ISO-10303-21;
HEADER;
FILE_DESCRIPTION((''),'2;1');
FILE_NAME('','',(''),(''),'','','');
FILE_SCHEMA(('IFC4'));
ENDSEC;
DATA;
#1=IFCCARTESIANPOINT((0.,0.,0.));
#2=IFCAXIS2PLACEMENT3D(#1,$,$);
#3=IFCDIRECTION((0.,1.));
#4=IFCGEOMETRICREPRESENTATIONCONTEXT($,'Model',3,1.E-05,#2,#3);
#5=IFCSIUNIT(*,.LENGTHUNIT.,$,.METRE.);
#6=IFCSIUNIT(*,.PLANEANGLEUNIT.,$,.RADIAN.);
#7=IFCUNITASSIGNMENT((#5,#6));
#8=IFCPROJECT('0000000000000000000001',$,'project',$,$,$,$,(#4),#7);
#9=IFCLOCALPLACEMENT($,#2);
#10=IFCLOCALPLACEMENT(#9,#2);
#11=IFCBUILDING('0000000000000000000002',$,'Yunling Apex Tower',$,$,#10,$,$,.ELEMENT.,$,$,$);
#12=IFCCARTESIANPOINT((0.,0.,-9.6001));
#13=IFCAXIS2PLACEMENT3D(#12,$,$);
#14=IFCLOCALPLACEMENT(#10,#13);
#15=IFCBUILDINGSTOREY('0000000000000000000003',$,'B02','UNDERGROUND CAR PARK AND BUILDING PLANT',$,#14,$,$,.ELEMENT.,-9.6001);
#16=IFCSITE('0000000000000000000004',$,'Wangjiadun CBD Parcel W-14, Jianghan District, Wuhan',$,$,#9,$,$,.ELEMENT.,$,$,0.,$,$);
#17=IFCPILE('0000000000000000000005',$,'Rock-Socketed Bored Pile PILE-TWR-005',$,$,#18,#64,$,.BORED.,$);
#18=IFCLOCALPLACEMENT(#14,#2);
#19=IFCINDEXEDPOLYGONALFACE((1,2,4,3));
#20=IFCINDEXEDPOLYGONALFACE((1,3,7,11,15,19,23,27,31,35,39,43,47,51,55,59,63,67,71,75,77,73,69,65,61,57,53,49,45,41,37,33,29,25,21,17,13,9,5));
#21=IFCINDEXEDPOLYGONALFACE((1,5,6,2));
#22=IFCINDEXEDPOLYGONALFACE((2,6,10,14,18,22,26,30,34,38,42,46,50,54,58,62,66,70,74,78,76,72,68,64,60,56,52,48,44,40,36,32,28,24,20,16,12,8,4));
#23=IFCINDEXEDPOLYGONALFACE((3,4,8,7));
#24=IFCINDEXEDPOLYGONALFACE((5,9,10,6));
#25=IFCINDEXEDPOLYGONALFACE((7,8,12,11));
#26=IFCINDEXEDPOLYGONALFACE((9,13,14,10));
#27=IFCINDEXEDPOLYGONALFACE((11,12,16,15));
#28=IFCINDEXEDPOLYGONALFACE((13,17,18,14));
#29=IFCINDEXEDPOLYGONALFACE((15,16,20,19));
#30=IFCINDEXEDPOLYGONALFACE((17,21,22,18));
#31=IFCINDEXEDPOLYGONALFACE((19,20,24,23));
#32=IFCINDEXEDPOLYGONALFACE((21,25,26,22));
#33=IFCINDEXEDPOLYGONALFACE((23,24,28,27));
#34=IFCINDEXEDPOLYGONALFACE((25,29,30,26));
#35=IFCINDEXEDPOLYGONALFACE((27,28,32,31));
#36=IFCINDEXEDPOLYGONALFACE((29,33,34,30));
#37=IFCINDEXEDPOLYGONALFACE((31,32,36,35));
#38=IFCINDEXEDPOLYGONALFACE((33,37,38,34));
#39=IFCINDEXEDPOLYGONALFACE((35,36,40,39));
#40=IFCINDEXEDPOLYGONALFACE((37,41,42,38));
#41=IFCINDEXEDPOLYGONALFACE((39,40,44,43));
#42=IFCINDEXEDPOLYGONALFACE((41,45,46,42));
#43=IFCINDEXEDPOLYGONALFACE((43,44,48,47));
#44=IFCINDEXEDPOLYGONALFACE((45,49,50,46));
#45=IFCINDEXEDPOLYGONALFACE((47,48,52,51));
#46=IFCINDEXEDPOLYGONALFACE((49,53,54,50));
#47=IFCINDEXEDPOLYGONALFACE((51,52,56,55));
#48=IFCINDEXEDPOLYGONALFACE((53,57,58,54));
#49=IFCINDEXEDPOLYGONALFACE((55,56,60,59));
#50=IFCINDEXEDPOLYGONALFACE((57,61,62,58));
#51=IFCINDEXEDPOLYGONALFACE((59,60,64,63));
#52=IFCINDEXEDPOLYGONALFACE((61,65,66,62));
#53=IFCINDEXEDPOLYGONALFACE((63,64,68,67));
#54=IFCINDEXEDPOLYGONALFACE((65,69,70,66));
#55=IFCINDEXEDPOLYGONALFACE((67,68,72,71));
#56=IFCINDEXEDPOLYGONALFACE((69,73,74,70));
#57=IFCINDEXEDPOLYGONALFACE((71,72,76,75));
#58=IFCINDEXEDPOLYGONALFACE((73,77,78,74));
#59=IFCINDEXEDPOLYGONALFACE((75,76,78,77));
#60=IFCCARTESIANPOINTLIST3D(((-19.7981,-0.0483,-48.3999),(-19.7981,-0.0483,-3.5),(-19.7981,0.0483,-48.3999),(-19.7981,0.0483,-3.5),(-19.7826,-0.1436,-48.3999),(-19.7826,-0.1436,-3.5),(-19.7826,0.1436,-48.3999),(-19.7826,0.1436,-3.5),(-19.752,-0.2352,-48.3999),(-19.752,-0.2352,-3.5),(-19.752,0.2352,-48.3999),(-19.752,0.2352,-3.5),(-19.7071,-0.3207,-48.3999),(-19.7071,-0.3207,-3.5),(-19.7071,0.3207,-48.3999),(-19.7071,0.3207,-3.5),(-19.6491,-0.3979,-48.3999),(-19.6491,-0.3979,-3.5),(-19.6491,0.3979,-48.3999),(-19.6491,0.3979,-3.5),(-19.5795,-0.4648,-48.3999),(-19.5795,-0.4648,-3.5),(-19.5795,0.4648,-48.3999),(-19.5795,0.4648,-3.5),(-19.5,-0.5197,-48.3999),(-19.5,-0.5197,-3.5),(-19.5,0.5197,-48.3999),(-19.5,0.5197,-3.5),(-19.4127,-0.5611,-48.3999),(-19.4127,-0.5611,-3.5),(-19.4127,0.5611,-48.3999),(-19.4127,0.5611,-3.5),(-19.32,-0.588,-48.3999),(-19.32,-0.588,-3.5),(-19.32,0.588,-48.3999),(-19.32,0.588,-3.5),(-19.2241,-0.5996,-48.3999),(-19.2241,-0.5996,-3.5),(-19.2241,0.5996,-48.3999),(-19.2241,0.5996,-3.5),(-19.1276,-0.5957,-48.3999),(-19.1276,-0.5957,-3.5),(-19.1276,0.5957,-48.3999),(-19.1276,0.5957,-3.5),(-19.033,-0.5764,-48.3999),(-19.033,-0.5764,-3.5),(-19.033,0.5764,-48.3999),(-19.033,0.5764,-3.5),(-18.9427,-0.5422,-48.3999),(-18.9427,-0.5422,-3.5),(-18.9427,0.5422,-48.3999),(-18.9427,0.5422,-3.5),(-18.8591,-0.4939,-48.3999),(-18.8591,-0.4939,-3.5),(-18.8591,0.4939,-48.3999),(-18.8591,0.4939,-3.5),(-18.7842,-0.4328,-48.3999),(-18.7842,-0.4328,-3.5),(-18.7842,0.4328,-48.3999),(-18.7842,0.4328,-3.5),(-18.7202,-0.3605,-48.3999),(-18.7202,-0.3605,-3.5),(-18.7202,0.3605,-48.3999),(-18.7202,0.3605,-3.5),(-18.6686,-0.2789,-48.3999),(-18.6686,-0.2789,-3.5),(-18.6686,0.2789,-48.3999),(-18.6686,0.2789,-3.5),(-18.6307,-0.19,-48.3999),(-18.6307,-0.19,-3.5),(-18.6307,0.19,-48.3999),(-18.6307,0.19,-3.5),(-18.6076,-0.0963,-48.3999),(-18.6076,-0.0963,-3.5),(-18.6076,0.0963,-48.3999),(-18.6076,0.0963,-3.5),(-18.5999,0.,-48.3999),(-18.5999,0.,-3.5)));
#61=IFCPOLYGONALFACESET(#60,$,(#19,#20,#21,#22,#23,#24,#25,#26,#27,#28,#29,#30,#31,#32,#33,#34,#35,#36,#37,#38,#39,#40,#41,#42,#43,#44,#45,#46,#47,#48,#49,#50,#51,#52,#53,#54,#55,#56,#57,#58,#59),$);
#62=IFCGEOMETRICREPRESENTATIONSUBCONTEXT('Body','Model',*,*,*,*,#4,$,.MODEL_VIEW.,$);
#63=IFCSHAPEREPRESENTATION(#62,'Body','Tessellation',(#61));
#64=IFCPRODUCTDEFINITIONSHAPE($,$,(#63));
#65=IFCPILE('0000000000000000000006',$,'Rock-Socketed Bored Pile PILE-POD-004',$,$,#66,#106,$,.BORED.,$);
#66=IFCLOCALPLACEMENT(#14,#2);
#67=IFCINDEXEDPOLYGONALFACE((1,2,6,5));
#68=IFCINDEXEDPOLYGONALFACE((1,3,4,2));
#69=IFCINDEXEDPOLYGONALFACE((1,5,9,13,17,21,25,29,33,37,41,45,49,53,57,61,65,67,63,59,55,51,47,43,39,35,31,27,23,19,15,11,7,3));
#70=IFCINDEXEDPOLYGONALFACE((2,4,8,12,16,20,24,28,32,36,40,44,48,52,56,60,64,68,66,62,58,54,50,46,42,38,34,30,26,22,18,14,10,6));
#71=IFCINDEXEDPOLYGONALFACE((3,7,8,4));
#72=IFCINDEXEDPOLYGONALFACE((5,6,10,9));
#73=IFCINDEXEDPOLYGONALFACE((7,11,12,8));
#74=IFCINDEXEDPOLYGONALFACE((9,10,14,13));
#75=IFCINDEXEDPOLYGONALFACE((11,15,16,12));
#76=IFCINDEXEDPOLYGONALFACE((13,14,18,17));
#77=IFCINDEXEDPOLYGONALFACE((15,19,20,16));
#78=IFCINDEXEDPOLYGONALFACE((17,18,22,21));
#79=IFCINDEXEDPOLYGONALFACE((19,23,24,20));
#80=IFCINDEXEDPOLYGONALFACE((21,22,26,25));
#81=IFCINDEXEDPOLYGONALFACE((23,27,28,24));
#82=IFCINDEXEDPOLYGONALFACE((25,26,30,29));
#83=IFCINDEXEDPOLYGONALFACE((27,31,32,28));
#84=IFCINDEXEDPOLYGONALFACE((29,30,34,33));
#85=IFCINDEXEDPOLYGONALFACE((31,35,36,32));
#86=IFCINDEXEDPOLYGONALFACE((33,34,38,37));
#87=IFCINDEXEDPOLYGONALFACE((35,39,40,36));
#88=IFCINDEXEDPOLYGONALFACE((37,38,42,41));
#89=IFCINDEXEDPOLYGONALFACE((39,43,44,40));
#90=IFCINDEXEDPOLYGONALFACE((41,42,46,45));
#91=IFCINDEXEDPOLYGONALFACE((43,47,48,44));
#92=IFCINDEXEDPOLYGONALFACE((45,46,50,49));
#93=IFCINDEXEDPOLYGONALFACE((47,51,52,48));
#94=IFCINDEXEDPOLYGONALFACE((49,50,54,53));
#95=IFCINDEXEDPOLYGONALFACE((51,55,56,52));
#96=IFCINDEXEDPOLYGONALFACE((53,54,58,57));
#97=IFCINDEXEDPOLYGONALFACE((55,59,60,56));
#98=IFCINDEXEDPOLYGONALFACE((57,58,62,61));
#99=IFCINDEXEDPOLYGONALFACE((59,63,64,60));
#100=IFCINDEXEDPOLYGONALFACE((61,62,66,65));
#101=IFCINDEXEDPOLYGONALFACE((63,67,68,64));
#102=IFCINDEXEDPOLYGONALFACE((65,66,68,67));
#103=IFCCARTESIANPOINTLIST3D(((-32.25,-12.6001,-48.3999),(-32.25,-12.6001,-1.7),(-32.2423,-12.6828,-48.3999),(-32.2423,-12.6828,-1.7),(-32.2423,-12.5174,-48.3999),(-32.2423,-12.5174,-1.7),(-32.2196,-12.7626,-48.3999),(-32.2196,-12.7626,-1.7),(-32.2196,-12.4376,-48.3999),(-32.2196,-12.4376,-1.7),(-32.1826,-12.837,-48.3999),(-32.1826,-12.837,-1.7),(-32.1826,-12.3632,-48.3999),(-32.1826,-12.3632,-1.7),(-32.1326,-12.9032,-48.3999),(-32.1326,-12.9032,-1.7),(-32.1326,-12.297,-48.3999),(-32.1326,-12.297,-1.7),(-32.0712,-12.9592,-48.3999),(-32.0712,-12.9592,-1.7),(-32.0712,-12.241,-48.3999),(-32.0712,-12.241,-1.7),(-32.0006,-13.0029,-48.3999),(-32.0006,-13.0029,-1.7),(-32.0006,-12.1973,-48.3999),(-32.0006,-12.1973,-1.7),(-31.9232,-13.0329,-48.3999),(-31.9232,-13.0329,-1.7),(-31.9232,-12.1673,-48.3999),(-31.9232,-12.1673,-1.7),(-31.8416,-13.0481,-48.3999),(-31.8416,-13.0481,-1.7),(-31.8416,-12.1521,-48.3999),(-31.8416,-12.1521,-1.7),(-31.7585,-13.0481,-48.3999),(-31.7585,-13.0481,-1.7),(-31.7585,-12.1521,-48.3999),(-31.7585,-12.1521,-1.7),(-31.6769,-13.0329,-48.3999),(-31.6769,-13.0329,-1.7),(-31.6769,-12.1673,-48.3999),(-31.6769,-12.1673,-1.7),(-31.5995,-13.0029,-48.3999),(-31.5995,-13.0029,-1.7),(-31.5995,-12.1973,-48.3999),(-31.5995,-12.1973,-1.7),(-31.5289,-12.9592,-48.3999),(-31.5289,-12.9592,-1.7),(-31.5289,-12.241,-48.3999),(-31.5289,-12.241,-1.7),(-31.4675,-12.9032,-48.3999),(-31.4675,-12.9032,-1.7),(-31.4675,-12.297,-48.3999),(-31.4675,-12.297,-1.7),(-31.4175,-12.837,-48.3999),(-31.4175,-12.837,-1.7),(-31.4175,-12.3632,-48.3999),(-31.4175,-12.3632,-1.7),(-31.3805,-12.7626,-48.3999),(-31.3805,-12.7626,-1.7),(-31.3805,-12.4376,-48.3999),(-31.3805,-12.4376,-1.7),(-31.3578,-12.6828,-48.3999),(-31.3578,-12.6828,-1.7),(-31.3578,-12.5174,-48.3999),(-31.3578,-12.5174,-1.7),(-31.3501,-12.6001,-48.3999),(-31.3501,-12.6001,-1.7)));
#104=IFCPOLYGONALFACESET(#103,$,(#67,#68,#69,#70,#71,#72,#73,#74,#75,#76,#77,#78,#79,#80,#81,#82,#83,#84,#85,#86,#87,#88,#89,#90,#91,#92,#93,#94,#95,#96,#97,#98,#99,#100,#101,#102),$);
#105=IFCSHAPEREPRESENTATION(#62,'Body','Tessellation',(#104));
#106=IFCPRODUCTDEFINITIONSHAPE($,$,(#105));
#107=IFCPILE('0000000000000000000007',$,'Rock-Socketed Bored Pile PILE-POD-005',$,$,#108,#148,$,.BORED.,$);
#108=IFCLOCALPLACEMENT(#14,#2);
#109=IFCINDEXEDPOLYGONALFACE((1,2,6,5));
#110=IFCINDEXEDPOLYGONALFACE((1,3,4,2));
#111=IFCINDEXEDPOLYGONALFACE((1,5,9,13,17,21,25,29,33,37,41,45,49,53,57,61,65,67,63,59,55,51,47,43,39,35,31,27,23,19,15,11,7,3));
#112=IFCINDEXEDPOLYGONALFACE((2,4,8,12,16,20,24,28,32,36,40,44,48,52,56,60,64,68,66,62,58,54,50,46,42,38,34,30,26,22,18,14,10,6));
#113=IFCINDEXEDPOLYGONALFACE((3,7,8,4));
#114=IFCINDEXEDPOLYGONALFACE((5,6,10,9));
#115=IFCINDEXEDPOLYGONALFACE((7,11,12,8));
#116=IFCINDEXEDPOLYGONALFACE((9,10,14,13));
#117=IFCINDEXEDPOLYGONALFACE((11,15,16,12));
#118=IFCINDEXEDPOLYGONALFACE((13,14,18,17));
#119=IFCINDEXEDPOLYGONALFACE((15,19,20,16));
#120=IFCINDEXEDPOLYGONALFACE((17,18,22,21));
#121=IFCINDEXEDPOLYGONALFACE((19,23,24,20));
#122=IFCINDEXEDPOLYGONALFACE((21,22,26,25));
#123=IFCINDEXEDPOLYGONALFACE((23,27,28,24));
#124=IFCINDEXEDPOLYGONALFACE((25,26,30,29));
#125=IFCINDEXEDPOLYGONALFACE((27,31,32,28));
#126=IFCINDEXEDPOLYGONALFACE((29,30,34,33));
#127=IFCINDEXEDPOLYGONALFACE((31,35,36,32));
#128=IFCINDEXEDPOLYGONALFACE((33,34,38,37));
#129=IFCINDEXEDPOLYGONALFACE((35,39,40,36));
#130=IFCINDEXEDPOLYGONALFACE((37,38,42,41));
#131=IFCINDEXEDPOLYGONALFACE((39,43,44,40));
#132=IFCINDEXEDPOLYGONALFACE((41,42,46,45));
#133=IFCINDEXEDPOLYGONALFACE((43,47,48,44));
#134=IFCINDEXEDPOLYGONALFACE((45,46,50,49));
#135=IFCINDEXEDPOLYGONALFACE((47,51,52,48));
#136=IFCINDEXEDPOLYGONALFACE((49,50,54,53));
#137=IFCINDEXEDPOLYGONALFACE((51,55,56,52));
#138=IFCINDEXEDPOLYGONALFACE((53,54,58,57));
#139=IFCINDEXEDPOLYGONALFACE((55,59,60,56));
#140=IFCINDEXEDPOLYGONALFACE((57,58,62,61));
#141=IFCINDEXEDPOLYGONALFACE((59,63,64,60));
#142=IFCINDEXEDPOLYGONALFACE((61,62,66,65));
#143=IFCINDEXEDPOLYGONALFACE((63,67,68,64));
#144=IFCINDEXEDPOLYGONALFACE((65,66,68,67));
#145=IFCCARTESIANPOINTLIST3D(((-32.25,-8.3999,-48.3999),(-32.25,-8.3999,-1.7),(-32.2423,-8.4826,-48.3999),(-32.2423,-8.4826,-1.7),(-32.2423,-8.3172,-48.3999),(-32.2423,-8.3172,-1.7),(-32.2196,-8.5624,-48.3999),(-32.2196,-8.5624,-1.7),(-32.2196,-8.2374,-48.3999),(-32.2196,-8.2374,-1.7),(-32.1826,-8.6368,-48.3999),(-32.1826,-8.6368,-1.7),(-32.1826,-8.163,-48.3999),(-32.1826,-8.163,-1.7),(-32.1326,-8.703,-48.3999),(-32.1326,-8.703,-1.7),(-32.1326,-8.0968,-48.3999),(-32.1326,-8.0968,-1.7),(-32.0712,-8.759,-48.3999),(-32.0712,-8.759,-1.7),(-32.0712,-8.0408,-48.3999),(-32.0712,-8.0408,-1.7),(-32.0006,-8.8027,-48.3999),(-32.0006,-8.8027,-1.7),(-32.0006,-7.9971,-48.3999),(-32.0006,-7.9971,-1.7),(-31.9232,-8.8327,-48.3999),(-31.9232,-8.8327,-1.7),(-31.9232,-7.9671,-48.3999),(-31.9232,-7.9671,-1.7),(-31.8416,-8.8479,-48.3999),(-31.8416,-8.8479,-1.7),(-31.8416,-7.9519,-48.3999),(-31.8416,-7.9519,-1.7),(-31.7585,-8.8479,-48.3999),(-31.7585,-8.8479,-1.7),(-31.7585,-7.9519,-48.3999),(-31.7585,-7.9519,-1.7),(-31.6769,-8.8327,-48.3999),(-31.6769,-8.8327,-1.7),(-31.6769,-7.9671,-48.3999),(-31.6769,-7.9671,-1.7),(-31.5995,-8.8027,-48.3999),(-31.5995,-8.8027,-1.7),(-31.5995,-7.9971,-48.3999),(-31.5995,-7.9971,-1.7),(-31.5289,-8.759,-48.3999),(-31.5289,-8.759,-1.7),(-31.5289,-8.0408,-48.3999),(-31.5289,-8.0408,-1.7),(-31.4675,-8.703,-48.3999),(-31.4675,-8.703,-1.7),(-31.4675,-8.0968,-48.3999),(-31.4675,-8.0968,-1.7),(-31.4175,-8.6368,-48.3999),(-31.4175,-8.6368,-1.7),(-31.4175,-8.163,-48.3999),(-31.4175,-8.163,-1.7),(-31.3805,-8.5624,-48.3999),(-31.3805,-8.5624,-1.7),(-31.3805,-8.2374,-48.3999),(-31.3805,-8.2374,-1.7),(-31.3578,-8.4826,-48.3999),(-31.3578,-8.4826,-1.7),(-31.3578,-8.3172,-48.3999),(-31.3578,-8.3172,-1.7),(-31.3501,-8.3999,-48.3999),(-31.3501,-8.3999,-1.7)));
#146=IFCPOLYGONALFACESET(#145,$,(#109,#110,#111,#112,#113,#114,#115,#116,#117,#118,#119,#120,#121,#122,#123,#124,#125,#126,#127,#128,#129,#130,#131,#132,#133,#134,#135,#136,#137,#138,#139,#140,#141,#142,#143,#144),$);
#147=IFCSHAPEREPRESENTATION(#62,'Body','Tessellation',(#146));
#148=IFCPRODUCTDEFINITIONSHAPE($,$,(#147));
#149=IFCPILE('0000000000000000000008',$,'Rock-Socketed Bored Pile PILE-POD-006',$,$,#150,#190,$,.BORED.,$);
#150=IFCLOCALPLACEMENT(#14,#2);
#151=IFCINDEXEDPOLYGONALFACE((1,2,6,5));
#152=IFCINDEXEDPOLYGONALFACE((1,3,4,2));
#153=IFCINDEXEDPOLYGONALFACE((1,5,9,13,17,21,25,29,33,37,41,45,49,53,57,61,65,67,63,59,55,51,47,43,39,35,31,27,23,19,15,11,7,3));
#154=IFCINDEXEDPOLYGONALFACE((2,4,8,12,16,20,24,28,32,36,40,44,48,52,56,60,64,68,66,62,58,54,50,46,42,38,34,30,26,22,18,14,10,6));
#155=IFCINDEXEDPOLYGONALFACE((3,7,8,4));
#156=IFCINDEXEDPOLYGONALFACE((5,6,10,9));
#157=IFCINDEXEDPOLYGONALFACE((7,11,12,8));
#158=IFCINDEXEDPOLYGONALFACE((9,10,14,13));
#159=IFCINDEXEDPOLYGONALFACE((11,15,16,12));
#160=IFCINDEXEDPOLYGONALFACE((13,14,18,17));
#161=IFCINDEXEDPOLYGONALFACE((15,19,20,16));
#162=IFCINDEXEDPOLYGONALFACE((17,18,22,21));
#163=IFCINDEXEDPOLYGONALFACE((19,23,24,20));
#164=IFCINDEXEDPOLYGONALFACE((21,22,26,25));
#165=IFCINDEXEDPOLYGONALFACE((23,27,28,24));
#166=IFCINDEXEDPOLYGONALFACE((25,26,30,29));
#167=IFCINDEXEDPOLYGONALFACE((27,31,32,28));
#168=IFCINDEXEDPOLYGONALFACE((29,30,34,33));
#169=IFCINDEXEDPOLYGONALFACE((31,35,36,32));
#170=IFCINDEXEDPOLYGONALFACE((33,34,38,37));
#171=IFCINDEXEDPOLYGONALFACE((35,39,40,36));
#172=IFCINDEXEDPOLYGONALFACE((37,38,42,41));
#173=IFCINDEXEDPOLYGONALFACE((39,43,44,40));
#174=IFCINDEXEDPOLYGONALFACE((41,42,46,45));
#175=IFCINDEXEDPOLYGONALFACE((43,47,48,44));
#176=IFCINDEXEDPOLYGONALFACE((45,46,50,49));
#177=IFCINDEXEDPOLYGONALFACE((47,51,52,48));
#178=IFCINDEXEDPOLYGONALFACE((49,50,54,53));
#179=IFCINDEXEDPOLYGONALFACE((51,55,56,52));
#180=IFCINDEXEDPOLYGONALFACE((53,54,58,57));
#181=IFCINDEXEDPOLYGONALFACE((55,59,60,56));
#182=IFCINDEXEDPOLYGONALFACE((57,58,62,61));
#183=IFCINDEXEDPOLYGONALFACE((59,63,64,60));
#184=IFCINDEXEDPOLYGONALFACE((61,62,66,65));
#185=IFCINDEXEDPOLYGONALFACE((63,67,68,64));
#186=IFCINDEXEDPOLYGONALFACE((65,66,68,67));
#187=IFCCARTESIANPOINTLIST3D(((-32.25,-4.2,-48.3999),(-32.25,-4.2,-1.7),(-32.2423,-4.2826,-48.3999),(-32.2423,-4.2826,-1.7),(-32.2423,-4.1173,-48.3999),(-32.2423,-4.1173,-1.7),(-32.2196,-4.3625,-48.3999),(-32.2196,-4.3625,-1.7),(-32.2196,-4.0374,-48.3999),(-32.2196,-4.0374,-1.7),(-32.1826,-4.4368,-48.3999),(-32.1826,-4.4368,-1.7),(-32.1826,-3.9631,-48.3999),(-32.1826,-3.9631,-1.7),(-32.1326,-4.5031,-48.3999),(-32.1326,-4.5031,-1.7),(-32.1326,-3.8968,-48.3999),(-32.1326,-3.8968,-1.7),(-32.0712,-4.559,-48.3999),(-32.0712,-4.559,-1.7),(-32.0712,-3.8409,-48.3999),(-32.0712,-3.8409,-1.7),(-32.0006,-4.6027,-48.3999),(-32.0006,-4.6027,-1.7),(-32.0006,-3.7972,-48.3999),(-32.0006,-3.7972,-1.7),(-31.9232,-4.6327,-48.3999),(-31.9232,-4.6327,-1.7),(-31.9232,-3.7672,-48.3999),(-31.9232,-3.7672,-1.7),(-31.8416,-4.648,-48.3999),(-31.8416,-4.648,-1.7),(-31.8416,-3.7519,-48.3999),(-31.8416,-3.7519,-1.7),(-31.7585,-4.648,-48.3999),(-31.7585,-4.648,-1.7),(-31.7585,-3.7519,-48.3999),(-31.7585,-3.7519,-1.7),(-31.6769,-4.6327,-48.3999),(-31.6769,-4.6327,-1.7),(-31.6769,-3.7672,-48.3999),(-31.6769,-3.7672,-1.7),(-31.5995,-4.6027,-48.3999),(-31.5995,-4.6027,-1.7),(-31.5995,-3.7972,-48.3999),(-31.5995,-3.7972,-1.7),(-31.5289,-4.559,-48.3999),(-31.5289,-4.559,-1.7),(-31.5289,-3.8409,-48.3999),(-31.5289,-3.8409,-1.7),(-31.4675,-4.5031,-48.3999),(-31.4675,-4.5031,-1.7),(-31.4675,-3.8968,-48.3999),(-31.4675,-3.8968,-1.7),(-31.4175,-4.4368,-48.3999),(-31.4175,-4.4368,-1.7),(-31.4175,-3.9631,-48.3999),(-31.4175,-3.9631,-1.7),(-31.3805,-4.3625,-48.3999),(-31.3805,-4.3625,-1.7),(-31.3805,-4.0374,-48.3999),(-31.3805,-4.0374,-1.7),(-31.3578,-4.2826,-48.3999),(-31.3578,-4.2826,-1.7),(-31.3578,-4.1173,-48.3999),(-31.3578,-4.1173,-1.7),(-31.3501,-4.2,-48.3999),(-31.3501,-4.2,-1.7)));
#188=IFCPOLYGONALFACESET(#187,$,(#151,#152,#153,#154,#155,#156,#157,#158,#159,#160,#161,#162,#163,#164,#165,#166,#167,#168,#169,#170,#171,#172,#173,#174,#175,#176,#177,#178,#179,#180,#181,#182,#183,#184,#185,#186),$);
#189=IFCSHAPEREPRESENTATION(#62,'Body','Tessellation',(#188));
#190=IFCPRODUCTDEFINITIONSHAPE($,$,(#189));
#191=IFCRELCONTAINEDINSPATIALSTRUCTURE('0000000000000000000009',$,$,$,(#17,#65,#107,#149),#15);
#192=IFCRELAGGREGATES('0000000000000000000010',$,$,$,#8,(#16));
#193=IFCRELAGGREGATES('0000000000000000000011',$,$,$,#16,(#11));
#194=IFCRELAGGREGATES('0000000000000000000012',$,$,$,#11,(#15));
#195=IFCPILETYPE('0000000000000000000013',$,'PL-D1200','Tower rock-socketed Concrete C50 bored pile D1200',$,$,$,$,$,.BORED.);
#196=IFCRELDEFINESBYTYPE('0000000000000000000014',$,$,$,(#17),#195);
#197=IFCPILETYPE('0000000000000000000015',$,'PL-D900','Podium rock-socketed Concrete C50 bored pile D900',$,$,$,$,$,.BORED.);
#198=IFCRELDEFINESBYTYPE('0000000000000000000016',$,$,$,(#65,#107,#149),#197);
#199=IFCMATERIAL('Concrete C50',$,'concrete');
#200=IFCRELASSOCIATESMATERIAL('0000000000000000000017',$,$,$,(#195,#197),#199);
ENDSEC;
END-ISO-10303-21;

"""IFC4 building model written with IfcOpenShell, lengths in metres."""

from ifc_helpers import new_model, si_unit, direction, frame, origin, origin_2d, place, context, subcontext, project, spatial, circle, extrude, source, transform, mapped, material, material_profile, profile_set, type_object, element, save


model = new_model("IFC4")

# Units and contexts
model_context = context("Model", 3, precision=1e-05, world=origin(), true_north=direction((0.0, 1.0)))
body_context = subcontext(model_context, "Body", "Model", "MODEL_VIEW")
ifc_project = project(units=[si_unit("LENGTHUNIT", "METRE"), si_unit("PLANEANGLEUNIT", "RADIAN")], contexts=[model_context])

# Site, building, storey
site_placement = place(None, origin())
site = spatial("IfcSite", under=ifc_project, at=site_placement, Name="Wangjiadun CBD Parcel W-14, Jianghan District, Wuhan", CompositionType="ELEMENT", RefElevation=0.0)
building_placement = place(site_placement, origin())
building = spatial("IfcBuilding", under=site, at=building_placement, Name="Yunling Apex Tower", CompositionType="ELEMENT")
storey_placement = place(building_placement, frame((0.0, 0.0, -9.6001)))
storey = spatial("IfcBuildingStorey", under=building, at=storey_placement, Name="B02", Description="UNDERGROUND CAR PARK AND BUILDING PLANT", CompositionType="ELEMENT", Elevation=-9.6001)

# Shared definitions
ifc_material_1 = material(Name="Concrete C50", Category="concrete")

# Piles
ifc_material_profile_1 = material_profile(ifc_material_1, circle(Radius=0.6001, at=origin_2d()))
ifc_profile_set_1 = profile_set([ifc_material_profile_1], Name="Concrete C50")
pile_type_1 = type_object("IfcPileType", Name="PL-D1200", Description="Tower rock-socketed Concrete C50 bored pile D1200", PredefinedType="BORED", material=ifc_profile_set_1)
shared_shape_1 = source(origin(), body_context, "Body", "SweptSolid", [
    extrude(circle(Radius=0.6001, at=origin_2d()), origin(), (0.0, 0.0, 1.0), 44.8999),
])
for number, where, z_axis, x_axis, name in (
    (1, (-19.2, 0.0, -3.5), (0.0, 0.0, -1.0), (1.0, 0.0, 0.0), "Rock-Socketed Bored Pile PILE-TWR-005"),
):
    element("IfcPile", number, at=place(storey_placement, frame(where, z_axis=z_axis, x_axis=x_axis)), inside=storey, type_object=pile_type_1, Name=name, PredefinedType="BORED", context=body_context, shape_type="MappedRepresentation", body=[
        mapped(shared_shape_1, transform((0.0, 0.0, 0.0), scale=1.0)),
    ])
ifc_material_profile_2 = material_profile(ifc_material_1, circle(Radius=0.45, at=origin_2d()))
ifc_profile_set_2 = profile_set([ifc_material_profile_2], Name="Concrete C50")
pile_type_2 = type_object("IfcPileType", Name="PL-D900", Description="Podium rock-socketed Concrete C50 bored pile D900", PredefinedType="BORED", material=ifc_profile_set_2)
shared_shape_2 = source(origin(), body_context, "Body", "SweptSolid", [
    extrude(circle(Radius=0.45, at=origin_2d()), origin(), (0.0, 0.0, 1.0), 46.7),
])
for number, where, z_axis, x_axis, name in (
    (2, (-31.8, -12.6001, -1.7), (0.0, 0.0, -1.0), (1.0, 0.0, 0.0), "Rock-Socketed Bored Pile PILE-POD-004"),
    (3, (-31.8, -8.3999, -1.7), (0.0, 0.0, -1.0), (1.0, 0.0, 0.0), "Rock-Socketed Bored Pile PILE-POD-005"),
    (4, (-31.8, -4.2, -1.7), (0.0, 0.0, -1.0), (1.0, 0.0, 0.0), "Rock-Socketed Bored Pile PILE-POD-006"),
):
    element("IfcPile", number, at=place(storey_placement, frame(where, z_axis=z_axis, x_axis=x_axis)), inside=storey, type_object=pile_type_2, Name=name, PredefinedType="BORED", context=body_context, shape_type="MappedRepresentation", body=[
        mapped(shared_shape_2, transform((0.0, 0.0, 0.0), scale=1.0)),
    ])

save(model, "model.ifc")
